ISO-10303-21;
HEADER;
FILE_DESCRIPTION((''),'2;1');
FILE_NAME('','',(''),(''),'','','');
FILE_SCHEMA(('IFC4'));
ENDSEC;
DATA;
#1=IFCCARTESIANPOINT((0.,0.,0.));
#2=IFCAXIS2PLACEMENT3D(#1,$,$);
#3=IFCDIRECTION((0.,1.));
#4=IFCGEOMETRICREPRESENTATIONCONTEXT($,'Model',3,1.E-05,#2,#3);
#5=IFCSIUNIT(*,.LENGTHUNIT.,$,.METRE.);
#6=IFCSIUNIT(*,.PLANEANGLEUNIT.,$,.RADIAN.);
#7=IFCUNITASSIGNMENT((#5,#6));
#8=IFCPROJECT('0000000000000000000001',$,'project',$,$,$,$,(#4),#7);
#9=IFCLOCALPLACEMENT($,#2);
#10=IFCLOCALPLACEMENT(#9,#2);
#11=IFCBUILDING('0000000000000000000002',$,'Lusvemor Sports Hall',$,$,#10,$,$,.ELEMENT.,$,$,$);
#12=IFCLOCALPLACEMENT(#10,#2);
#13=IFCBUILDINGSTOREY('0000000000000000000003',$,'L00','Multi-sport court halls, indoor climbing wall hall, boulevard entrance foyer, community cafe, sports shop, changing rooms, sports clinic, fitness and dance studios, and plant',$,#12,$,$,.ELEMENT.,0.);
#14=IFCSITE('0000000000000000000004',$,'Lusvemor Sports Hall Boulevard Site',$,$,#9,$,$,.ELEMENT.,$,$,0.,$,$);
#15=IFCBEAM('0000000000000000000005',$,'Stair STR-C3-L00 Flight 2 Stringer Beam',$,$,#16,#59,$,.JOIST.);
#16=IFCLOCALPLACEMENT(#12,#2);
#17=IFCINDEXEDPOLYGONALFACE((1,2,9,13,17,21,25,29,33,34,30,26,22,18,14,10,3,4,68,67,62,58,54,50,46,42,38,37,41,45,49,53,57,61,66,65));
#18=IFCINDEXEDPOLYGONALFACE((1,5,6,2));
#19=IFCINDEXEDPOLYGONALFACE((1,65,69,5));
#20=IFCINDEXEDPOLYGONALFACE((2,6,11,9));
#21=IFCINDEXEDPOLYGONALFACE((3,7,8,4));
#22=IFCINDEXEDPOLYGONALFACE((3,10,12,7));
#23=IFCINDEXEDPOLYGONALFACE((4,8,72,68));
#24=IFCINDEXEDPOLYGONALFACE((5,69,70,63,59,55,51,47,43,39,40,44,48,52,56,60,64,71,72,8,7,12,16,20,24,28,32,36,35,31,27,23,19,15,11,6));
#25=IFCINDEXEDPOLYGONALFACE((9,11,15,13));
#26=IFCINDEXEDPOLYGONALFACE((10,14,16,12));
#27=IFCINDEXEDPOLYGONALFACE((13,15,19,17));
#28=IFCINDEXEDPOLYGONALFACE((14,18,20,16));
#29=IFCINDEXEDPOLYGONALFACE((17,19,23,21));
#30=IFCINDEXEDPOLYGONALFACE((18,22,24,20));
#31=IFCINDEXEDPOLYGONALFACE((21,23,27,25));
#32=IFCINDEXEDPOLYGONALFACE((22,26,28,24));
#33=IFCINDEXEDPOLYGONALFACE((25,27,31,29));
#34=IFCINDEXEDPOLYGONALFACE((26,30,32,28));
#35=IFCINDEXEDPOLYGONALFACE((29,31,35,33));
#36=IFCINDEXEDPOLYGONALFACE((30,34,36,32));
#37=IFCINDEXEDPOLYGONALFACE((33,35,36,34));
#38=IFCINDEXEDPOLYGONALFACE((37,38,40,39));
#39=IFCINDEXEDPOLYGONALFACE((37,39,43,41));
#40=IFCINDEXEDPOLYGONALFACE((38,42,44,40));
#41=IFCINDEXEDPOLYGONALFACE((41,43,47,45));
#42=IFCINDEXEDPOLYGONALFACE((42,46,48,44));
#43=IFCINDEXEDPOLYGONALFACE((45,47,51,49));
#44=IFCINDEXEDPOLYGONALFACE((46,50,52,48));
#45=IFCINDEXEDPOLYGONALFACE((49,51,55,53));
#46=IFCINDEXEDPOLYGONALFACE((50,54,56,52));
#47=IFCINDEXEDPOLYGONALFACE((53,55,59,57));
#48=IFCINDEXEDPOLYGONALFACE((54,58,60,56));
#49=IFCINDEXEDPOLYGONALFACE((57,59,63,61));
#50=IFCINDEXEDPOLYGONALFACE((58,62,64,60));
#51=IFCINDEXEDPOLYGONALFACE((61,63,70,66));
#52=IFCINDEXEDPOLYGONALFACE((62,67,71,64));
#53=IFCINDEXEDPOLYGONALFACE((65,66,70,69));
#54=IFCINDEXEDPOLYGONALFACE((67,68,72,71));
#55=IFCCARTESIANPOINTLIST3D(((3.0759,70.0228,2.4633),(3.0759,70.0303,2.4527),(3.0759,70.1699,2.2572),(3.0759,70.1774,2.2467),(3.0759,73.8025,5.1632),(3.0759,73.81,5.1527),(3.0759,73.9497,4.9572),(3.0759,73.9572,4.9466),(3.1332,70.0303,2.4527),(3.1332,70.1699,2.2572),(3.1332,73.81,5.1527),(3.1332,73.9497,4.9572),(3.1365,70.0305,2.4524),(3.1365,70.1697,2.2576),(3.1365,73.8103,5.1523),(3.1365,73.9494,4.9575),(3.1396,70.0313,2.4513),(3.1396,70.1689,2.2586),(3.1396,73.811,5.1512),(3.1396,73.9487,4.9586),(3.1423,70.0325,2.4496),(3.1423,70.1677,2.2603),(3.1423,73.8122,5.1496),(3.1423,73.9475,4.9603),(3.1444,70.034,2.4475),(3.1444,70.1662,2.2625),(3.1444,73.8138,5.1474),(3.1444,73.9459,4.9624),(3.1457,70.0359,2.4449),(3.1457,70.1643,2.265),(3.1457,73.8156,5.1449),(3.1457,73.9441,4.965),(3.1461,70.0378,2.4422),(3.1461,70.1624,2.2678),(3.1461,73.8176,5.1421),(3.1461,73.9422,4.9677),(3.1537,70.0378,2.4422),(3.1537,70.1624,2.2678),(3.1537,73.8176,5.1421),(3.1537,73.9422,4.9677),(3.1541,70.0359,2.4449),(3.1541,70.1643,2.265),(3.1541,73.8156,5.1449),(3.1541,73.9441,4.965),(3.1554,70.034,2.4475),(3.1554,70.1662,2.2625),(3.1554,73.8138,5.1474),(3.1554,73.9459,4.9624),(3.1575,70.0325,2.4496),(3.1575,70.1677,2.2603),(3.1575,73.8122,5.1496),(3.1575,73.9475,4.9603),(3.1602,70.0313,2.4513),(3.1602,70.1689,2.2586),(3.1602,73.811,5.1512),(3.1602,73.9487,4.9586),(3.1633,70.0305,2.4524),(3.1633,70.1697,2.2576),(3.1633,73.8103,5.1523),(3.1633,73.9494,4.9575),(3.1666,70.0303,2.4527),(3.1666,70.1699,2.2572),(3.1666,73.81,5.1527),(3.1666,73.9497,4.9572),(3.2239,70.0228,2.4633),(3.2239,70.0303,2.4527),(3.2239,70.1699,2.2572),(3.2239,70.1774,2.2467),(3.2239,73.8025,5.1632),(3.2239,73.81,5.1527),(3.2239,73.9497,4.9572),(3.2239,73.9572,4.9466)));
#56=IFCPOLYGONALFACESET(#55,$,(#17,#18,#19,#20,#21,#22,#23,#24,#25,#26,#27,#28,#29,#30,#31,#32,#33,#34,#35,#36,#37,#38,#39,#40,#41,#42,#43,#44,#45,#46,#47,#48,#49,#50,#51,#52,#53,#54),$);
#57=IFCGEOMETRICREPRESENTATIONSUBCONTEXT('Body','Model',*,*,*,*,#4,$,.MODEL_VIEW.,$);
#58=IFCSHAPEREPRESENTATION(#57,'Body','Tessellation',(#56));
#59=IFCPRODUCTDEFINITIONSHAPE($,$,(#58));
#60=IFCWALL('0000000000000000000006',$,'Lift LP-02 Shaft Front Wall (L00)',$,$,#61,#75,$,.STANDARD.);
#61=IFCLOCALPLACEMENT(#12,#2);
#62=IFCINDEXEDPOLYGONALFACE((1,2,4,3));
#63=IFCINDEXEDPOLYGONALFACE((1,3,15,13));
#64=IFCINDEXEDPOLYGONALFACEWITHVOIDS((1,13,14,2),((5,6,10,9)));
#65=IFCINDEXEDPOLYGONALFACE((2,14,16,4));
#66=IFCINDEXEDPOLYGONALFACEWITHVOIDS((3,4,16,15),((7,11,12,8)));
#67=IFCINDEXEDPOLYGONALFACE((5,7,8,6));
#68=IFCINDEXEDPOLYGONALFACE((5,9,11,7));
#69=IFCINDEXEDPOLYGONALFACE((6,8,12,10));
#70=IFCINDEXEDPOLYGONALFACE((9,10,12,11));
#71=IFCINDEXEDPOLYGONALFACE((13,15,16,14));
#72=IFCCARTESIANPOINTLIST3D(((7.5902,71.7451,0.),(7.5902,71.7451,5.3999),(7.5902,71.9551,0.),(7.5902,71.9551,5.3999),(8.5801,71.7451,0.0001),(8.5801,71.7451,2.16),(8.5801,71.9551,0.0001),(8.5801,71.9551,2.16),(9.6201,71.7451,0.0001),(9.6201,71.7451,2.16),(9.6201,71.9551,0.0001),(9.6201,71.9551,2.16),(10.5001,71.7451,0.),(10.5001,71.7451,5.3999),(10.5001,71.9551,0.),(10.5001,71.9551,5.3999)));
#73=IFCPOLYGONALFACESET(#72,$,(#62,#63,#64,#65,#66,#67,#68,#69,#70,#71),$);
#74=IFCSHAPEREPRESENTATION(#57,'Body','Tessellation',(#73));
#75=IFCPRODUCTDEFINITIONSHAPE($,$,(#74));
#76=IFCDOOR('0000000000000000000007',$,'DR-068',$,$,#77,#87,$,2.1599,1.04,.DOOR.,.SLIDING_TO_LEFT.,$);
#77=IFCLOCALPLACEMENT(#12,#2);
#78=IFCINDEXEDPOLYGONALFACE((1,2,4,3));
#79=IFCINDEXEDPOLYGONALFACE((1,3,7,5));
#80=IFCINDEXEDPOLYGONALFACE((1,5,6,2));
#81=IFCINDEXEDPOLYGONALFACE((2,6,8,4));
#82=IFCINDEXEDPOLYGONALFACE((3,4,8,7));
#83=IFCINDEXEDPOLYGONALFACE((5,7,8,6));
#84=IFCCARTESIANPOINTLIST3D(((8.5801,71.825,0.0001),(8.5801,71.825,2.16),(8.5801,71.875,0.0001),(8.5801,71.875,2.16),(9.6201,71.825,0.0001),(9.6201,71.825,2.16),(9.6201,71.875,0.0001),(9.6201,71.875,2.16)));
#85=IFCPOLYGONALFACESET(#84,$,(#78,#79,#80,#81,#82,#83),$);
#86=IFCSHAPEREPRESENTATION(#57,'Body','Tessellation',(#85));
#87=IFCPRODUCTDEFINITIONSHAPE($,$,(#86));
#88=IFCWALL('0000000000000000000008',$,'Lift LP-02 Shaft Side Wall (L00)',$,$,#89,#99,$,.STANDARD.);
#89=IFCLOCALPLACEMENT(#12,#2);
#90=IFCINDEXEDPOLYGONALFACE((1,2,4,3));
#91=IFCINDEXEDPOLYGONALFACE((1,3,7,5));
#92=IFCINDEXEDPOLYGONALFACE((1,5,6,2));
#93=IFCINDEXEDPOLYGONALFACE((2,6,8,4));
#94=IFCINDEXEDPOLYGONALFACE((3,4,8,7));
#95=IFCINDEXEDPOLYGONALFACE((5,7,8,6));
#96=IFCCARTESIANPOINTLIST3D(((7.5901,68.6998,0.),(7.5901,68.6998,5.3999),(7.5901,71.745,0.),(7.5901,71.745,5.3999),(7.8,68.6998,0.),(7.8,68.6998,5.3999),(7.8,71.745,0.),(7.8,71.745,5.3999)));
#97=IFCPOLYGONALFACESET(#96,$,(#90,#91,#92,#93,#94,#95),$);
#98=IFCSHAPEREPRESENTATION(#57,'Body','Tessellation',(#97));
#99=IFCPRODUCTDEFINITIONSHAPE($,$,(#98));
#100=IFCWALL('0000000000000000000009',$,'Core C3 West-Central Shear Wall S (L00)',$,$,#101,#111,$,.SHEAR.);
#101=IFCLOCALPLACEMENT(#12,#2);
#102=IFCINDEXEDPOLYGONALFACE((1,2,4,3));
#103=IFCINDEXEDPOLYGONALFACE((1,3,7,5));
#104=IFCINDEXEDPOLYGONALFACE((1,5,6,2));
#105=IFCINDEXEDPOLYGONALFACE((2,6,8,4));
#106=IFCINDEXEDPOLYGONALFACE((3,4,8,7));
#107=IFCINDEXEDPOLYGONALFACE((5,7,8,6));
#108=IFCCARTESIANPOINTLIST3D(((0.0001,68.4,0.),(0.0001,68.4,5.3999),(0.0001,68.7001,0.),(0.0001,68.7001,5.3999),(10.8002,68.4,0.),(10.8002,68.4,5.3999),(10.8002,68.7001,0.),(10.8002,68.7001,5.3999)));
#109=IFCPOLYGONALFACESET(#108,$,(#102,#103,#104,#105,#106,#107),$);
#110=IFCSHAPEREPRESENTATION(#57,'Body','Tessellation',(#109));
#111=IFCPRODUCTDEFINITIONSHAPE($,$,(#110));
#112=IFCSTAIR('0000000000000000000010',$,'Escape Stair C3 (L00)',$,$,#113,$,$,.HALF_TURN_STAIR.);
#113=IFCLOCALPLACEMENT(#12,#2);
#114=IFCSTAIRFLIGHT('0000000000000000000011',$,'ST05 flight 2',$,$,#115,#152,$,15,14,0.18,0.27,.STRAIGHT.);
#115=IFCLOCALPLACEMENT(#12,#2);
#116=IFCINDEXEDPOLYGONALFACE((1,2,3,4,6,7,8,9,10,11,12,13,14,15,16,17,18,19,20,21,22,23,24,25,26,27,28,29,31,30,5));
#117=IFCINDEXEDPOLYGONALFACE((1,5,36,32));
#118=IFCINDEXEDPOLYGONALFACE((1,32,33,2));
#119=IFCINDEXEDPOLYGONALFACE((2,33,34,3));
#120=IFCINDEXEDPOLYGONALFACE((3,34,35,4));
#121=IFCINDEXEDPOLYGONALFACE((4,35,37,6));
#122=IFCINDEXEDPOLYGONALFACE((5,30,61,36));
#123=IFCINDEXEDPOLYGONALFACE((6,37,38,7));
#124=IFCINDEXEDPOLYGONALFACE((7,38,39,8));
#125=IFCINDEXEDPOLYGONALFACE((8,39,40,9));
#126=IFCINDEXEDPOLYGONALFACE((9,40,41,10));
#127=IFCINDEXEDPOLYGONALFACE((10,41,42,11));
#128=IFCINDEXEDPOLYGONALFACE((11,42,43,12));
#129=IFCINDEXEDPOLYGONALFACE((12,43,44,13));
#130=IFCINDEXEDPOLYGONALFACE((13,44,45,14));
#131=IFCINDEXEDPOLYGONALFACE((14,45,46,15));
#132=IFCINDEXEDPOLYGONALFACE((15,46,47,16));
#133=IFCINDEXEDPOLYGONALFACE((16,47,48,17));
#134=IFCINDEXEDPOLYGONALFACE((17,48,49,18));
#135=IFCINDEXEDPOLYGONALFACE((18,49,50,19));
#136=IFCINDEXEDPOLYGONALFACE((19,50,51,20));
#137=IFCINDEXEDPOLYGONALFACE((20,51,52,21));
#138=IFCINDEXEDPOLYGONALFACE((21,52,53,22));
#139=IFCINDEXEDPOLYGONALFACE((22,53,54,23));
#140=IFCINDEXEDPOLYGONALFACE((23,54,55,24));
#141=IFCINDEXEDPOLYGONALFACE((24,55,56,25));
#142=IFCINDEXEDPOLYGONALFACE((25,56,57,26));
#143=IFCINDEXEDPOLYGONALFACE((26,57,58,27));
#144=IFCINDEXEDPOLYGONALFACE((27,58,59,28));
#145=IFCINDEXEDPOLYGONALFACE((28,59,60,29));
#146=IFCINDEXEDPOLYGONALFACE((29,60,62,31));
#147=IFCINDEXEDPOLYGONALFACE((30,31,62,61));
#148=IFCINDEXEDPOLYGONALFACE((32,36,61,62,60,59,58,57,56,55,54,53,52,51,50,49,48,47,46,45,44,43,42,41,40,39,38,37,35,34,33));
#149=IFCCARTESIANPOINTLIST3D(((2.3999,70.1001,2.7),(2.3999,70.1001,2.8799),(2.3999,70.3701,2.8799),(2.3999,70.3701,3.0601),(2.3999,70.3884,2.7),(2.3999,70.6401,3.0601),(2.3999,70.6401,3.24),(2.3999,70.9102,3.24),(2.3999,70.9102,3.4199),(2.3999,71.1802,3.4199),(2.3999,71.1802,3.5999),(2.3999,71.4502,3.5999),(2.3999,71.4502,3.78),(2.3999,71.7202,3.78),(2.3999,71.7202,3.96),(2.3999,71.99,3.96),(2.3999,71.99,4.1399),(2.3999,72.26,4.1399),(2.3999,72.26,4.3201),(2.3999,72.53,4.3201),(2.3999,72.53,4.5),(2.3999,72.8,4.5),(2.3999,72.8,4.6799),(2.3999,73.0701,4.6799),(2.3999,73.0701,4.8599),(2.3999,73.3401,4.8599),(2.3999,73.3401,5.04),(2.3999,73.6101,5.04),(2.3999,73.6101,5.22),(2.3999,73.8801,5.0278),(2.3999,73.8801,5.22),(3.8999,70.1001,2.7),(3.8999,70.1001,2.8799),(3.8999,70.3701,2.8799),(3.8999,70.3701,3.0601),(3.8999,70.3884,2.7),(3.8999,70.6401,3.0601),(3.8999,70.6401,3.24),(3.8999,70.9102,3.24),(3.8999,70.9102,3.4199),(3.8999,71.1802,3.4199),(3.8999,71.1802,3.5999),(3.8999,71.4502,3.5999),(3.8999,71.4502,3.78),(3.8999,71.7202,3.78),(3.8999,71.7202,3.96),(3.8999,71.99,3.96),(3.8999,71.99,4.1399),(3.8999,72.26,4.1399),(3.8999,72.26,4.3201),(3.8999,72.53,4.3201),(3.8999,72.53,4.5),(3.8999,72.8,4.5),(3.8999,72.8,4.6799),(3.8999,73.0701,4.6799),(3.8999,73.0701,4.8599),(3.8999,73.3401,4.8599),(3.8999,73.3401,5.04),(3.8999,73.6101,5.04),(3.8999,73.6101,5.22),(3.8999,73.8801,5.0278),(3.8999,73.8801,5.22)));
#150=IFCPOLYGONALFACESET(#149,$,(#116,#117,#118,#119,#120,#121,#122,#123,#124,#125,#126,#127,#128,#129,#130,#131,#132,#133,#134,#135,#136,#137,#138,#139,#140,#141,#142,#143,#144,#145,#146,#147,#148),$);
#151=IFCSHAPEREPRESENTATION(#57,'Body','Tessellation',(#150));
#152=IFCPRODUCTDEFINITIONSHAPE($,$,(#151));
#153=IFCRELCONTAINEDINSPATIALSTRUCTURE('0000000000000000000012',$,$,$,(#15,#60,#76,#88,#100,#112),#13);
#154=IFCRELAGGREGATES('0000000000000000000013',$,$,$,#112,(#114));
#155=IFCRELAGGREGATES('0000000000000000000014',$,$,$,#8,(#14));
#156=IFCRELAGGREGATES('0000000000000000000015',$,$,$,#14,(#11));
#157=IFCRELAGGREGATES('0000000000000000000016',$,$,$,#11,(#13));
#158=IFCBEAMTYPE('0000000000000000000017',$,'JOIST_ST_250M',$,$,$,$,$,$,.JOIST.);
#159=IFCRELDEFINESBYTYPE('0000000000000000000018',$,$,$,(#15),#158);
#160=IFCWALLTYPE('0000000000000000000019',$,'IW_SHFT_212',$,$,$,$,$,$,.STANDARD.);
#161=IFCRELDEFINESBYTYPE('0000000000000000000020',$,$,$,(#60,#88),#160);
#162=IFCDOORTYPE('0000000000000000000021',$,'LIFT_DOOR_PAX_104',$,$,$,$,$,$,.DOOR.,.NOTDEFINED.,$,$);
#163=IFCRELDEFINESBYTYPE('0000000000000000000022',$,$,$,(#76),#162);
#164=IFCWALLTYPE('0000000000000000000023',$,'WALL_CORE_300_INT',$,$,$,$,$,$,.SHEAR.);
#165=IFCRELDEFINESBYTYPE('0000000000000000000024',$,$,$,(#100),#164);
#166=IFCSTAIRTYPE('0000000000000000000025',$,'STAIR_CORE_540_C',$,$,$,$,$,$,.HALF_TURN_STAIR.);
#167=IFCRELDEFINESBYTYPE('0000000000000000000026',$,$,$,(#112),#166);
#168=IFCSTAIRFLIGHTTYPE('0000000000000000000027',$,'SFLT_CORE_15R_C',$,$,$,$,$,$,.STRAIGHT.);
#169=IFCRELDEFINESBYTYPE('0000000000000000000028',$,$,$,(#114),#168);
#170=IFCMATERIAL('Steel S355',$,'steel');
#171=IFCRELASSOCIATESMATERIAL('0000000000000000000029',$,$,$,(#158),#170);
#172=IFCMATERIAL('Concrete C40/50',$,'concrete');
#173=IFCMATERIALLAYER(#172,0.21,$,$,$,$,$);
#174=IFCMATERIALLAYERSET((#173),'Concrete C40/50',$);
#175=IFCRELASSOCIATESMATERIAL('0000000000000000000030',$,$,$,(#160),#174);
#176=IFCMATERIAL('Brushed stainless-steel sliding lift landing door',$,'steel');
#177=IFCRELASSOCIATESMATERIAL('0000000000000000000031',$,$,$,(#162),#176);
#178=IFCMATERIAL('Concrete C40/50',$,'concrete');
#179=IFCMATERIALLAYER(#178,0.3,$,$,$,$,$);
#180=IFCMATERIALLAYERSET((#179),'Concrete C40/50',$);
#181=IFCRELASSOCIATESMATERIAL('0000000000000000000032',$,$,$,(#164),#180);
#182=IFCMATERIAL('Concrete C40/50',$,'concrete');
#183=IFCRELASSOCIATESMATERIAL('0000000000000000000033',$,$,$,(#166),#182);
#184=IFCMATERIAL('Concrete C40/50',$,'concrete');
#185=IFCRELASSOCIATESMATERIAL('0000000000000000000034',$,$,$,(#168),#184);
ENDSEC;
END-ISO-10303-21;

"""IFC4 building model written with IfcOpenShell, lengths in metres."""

from ifc_helpers import new_model, si_unit, direction, frame, frame_2d, origin, origin_2d, place, context, subcontext, project, spatial, polyline, rectangle, i_section, outline, extrude, material, layer, layer_set, material_profile, profile_set, type_object, element, fill, aggregate, save


model = new_model("IFC4")

# Units and contexts
model_context = context("Model", 3, precision=1e-05, world=origin(), true_north=direction((0.0, 1.0)))
body_context = subcontext(model_context, "Body", "Model", "MODEL_VIEW")
ifc_project = project(units=[si_unit("LENGTHUNIT", "METRE"), si_unit("PLANEANGLEUNIT", "RADIAN")], contexts=[model_context])

# Site, building, storey
site_placement = place(None, origin())
site = spatial("IfcSite", under=ifc_project, at=site_placement, Name="Lusvemor Sports Hall Boulevard Site", CompositionType="ELEMENT", RefElevation=0.0)
building_placement = place(site_placement, origin())
building = spatial("IfcBuilding", under=site, at=building_placement, Name="Lusvemor Sports Hall", CompositionType="ELEMENT")
storey_placement = place(building_placement, origin())
storey = spatial("IfcBuildingStorey", under=building, at=storey_placement, Name="L00", Description="Multi-sport court halls, indoor climbing wall hall, boulevard entrance foyer, community cafe, sports shop, changing rooms, sports clinic, fitness and dance studios, and plant", CompositionType="ELEMENT", Elevation=0.0)

# Beam
ifc_material_1 = material(Name="Steel S355", Category="steel")
ifc_material_profile_1 = material_profile(ifc_material_1, i_section(OverallWidth=0.1479, OverallDepth=0.2661, WebThickness=0.0076, FlangeThickness=0.0129, FilletRadius=0.0129, at=origin_2d()), Name="W250x44.8")
ifc_profile_set_1 = profile_set([ifc_material_profile_1], Name="Steel S355")
beam_type = type_object("IfcBeamType", Name="JOIST_ST_250M", PredefinedType="JOIST", material=ifc_profile_set_1)
beam_placement = place(storey_placement, frame((3.1499, 70.1001, 2.355), z_axis=(0.0, 0.813723, 0.581253), x_axis=(-1.0, 0.0, 0.0)))
element("IfcBeam", 1, at=beam_placement, inside=storey, type_object=beam_type, Name="Stair STR-C3-L00 Flight 2 Stringer Beam", PredefinedType="JOIST", context=body_context, shape_type="SweptSolid", body=[
    extrude(i_section(OverallWidth=0.1479, OverallDepth=0.2661, WebThickness=0.0076, FlangeThickness=0.0129, FilletRadius=0.0129, at=origin_2d()), origin(), (0.0, 0.0, 1.0), 4.645),
])

# Wall, opening, door
ifc_material_2 = material(Name="Concrete C40/50", Category="concrete")
ifc_layer_1 = layer(ifc_material_2, 0.21)
ifc_layer_set_1 = layer_set([ifc_layer_1], Name="Concrete C40/50")
wall_type_1 = type_object("IfcWallType", Name="IW_SHFT_212", PredefinedType="STANDARD", material=ifc_layer_set_1)
wall_1_placement = place(storey_placement, frame((7.5901, 71.8501, 0.0), z_axis=(0.0, 0.0, 1.0), x_axis=(1.0, 0.0, 0.0)))
wall_1 = element("IfcWall", 2, at=wall_1_placement, inside=storey, type_object=wall_type_1, Name="Lift LP-02 Shaft Front Wall (L00)", PredefinedType="STANDARD", context=body_context, shape_type="SweptSolid", body=[
    extrude(rectangle(XDim=2.9099, YDim=0.21, at=frame_2d((1.4551, 0.0))), origin(), (0.0, 0.0, 1.0), 5.3999),
])
opening_1_placement = place(wall_1_placement, frame((0.99, 0.0, 0.0)))
opening_1 = element("IfcOpeningElement", 3, at=opening_1_placement, cuts=wall_1, PredefinedType="OPENING", context=body_context, shape_type="SweptSolid", body=[
    extrude(rectangle(XDim=1.04, YDim=2.1599, at=frame_2d((0.52, 1.0801))), frame((0.0, 0.105, 0.0), z_axis=(0.0, -1.0, 0.0), x_axis=(1.0, 0.0, 0.0)), (0.0, 0.0, 1.0), 0.21),
])
ifc_material_3 = material(Name="Brushed stainless-steel sliding lift landing door", Category="steel")
door_type_1 = type_object("IfcDoorType", Name="LIFT_DOOR_PAX_104", OperationType="NOTDEFINED", PredefinedType="DOOR", material=ifc_material_3)
door_1_placement = place(opening_1_placement, origin())
door_1 = element("IfcDoor", 4, at=door_1_placement, inside=storey, type_object=door_type_1, Name="DR-068", OperationType="SLIDING_TO_LEFT", OverallHeight=2.1599, OverallWidth=1.04, PredefinedType="DOOR", context=body_context, shape_type="SweptSolid", body=[
    extrude(rectangle(XDim=1.04, YDim=2.1599, at=frame_2d((0.52, 1.0801))), frame((0.0, 0.0249, 0.0), z_axis=(0.0, -1.0, 0.0), x_axis=(1.0, 0.0, 0.0)), (0.0, 0.0, 1.0), 0.05),
])
fill(opening_1, door_1)

# Walls
wall_2_placement = place(storey_placement, frame((7.6951, 68.7, 0.0), z_axis=(0.0, 0.0, 1.0), x_axis=(0.0, 1.0, 0.0)))
element("IfcWall", 5, at=wall_2_placement, inside=storey, type_object=wall_type_1, Name="Lift LP-02 Shaft Side Wall (L00)", PredefinedType="STANDARD", context=body_context, shape_type="SweptSolid", body=[
    extrude(rectangle(XDim=3.0452, YDim=0.21, at=frame_2d((1.5225, 0.0))), origin(), (0.0, 0.0, 1.0), 5.3999),
])
ifc_material_4 = material(Name="Concrete C40/50", Category="concrete")
ifc_layer_2 = layer(ifc_material_4, 0.3)
ifc_layer_set_2 = layer_set([ifc_layer_2], Name="Concrete C40/50")
wall_type_2 = type_object("IfcWallType", Name="WALL_CORE_300_INT", PredefinedType="SHEAR", material=ifc_layer_set_2)
wall_3_placement = place(storey_placement, frame((10.8, 68.55, 0.0), z_axis=(0.0, 0.0, 1.0), x_axis=(-1.0, 0.0, 0.0)))
element("IfcWall", 6, at=wall_3_placement, inside=storey, type_object=wall_type_2, Name="Core C3 West-Central Shear Wall S (L00)", PredefinedType="SHEAR", context=body_context, shape_type="SweptSolid", body=[
    extrude(rectangle(XDim=10.8, YDim=0.3, at=frame_2d((5.3999, 0.0))), origin(), (0.0, 0.0, 1.0), 5.3999),
])

# Stair, stair flight
ifc_material_5 = material(Name="Concrete C40/50", Category="concrete")
stair_type = type_object("IfcStairType", Name="STAIR_CORE_540_C", PredefinedType="HALF_TURN_STAIR", material=ifc_material_5)
stair_placement = place(storey_placement, origin())
stair = element("IfcStair", 7, at=stair_placement, inside=storey, type_object=stair_type, Name="Escape Stair C3 (L00)", PredefinedType="HALF_TURN_STAIR")
ifc_material_6 = material(Name="Concrete C40/50", Category="concrete")
stair_flight_type = type_object("IfcStairFlightType", Name="SFLT_CORE_15R_C", PredefinedType="STRAIGHT", material=ifc_material_6)
stair_flight_placement = place(storey_placement, frame((3.1499, 70.1001, 2.7), z_axis=(0.0, 0.0, 1.0), x_axis=(0.0, 1.0, 0.0)))
stair_flight = element("IfcStairFlight", 8, at=stair_flight_placement, type_object=stair_flight_type, Name="ST05 flight 2", NumberOfRisers=15, NumberOfTreads=14, PredefinedType="STRAIGHT", RiserHeight=0.18, TreadLength=0.27, context=body_context, shape_type="SweptSolid", body=[
    extrude(outline(polyline([(0.0, 0.0), (0.0, 0.1799), (0.27, 0.1799), (0.27, 0.3601), (0.54, 0.3601), (0.54, 0.54), (0.8101, 0.54), (0.8101, 0.72), (1.0801, 0.72), (1.0801, 0.8999), (1.3501, 0.8999), (1.3501, 1.0801), (1.6201, 1.0801), (1.6201, 1.26), (1.8899, 1.26), (1.8899, 1.4399), (2.1599, 1.4399), (2.1599, 1.6201), (2.4299, 1.6201), (2.4299, 1.8), (2.7, 1.8), (2.7, 1.98), (2.97, 1.98), (2.97, 2.1599), (3.24, 2.1599), (3.24, 2.3401), (3.51, 2.3401), (3.51, 2.52), (3.78, 2.52), (3.78, 2.7), (3.78, 2.3279), (0.2883, 0.0), (0.0, 0.0)])), frame((0.0, 0.75, 0.0), z_axis=(0.0, -1.0, 0.0), x_axis=(1.0, 0.0, 0.0)), (0.0, 0.0, 1.0), 1.5),
])
aggregate(stair, [stair_flight])

save(model, "model.ifc")
